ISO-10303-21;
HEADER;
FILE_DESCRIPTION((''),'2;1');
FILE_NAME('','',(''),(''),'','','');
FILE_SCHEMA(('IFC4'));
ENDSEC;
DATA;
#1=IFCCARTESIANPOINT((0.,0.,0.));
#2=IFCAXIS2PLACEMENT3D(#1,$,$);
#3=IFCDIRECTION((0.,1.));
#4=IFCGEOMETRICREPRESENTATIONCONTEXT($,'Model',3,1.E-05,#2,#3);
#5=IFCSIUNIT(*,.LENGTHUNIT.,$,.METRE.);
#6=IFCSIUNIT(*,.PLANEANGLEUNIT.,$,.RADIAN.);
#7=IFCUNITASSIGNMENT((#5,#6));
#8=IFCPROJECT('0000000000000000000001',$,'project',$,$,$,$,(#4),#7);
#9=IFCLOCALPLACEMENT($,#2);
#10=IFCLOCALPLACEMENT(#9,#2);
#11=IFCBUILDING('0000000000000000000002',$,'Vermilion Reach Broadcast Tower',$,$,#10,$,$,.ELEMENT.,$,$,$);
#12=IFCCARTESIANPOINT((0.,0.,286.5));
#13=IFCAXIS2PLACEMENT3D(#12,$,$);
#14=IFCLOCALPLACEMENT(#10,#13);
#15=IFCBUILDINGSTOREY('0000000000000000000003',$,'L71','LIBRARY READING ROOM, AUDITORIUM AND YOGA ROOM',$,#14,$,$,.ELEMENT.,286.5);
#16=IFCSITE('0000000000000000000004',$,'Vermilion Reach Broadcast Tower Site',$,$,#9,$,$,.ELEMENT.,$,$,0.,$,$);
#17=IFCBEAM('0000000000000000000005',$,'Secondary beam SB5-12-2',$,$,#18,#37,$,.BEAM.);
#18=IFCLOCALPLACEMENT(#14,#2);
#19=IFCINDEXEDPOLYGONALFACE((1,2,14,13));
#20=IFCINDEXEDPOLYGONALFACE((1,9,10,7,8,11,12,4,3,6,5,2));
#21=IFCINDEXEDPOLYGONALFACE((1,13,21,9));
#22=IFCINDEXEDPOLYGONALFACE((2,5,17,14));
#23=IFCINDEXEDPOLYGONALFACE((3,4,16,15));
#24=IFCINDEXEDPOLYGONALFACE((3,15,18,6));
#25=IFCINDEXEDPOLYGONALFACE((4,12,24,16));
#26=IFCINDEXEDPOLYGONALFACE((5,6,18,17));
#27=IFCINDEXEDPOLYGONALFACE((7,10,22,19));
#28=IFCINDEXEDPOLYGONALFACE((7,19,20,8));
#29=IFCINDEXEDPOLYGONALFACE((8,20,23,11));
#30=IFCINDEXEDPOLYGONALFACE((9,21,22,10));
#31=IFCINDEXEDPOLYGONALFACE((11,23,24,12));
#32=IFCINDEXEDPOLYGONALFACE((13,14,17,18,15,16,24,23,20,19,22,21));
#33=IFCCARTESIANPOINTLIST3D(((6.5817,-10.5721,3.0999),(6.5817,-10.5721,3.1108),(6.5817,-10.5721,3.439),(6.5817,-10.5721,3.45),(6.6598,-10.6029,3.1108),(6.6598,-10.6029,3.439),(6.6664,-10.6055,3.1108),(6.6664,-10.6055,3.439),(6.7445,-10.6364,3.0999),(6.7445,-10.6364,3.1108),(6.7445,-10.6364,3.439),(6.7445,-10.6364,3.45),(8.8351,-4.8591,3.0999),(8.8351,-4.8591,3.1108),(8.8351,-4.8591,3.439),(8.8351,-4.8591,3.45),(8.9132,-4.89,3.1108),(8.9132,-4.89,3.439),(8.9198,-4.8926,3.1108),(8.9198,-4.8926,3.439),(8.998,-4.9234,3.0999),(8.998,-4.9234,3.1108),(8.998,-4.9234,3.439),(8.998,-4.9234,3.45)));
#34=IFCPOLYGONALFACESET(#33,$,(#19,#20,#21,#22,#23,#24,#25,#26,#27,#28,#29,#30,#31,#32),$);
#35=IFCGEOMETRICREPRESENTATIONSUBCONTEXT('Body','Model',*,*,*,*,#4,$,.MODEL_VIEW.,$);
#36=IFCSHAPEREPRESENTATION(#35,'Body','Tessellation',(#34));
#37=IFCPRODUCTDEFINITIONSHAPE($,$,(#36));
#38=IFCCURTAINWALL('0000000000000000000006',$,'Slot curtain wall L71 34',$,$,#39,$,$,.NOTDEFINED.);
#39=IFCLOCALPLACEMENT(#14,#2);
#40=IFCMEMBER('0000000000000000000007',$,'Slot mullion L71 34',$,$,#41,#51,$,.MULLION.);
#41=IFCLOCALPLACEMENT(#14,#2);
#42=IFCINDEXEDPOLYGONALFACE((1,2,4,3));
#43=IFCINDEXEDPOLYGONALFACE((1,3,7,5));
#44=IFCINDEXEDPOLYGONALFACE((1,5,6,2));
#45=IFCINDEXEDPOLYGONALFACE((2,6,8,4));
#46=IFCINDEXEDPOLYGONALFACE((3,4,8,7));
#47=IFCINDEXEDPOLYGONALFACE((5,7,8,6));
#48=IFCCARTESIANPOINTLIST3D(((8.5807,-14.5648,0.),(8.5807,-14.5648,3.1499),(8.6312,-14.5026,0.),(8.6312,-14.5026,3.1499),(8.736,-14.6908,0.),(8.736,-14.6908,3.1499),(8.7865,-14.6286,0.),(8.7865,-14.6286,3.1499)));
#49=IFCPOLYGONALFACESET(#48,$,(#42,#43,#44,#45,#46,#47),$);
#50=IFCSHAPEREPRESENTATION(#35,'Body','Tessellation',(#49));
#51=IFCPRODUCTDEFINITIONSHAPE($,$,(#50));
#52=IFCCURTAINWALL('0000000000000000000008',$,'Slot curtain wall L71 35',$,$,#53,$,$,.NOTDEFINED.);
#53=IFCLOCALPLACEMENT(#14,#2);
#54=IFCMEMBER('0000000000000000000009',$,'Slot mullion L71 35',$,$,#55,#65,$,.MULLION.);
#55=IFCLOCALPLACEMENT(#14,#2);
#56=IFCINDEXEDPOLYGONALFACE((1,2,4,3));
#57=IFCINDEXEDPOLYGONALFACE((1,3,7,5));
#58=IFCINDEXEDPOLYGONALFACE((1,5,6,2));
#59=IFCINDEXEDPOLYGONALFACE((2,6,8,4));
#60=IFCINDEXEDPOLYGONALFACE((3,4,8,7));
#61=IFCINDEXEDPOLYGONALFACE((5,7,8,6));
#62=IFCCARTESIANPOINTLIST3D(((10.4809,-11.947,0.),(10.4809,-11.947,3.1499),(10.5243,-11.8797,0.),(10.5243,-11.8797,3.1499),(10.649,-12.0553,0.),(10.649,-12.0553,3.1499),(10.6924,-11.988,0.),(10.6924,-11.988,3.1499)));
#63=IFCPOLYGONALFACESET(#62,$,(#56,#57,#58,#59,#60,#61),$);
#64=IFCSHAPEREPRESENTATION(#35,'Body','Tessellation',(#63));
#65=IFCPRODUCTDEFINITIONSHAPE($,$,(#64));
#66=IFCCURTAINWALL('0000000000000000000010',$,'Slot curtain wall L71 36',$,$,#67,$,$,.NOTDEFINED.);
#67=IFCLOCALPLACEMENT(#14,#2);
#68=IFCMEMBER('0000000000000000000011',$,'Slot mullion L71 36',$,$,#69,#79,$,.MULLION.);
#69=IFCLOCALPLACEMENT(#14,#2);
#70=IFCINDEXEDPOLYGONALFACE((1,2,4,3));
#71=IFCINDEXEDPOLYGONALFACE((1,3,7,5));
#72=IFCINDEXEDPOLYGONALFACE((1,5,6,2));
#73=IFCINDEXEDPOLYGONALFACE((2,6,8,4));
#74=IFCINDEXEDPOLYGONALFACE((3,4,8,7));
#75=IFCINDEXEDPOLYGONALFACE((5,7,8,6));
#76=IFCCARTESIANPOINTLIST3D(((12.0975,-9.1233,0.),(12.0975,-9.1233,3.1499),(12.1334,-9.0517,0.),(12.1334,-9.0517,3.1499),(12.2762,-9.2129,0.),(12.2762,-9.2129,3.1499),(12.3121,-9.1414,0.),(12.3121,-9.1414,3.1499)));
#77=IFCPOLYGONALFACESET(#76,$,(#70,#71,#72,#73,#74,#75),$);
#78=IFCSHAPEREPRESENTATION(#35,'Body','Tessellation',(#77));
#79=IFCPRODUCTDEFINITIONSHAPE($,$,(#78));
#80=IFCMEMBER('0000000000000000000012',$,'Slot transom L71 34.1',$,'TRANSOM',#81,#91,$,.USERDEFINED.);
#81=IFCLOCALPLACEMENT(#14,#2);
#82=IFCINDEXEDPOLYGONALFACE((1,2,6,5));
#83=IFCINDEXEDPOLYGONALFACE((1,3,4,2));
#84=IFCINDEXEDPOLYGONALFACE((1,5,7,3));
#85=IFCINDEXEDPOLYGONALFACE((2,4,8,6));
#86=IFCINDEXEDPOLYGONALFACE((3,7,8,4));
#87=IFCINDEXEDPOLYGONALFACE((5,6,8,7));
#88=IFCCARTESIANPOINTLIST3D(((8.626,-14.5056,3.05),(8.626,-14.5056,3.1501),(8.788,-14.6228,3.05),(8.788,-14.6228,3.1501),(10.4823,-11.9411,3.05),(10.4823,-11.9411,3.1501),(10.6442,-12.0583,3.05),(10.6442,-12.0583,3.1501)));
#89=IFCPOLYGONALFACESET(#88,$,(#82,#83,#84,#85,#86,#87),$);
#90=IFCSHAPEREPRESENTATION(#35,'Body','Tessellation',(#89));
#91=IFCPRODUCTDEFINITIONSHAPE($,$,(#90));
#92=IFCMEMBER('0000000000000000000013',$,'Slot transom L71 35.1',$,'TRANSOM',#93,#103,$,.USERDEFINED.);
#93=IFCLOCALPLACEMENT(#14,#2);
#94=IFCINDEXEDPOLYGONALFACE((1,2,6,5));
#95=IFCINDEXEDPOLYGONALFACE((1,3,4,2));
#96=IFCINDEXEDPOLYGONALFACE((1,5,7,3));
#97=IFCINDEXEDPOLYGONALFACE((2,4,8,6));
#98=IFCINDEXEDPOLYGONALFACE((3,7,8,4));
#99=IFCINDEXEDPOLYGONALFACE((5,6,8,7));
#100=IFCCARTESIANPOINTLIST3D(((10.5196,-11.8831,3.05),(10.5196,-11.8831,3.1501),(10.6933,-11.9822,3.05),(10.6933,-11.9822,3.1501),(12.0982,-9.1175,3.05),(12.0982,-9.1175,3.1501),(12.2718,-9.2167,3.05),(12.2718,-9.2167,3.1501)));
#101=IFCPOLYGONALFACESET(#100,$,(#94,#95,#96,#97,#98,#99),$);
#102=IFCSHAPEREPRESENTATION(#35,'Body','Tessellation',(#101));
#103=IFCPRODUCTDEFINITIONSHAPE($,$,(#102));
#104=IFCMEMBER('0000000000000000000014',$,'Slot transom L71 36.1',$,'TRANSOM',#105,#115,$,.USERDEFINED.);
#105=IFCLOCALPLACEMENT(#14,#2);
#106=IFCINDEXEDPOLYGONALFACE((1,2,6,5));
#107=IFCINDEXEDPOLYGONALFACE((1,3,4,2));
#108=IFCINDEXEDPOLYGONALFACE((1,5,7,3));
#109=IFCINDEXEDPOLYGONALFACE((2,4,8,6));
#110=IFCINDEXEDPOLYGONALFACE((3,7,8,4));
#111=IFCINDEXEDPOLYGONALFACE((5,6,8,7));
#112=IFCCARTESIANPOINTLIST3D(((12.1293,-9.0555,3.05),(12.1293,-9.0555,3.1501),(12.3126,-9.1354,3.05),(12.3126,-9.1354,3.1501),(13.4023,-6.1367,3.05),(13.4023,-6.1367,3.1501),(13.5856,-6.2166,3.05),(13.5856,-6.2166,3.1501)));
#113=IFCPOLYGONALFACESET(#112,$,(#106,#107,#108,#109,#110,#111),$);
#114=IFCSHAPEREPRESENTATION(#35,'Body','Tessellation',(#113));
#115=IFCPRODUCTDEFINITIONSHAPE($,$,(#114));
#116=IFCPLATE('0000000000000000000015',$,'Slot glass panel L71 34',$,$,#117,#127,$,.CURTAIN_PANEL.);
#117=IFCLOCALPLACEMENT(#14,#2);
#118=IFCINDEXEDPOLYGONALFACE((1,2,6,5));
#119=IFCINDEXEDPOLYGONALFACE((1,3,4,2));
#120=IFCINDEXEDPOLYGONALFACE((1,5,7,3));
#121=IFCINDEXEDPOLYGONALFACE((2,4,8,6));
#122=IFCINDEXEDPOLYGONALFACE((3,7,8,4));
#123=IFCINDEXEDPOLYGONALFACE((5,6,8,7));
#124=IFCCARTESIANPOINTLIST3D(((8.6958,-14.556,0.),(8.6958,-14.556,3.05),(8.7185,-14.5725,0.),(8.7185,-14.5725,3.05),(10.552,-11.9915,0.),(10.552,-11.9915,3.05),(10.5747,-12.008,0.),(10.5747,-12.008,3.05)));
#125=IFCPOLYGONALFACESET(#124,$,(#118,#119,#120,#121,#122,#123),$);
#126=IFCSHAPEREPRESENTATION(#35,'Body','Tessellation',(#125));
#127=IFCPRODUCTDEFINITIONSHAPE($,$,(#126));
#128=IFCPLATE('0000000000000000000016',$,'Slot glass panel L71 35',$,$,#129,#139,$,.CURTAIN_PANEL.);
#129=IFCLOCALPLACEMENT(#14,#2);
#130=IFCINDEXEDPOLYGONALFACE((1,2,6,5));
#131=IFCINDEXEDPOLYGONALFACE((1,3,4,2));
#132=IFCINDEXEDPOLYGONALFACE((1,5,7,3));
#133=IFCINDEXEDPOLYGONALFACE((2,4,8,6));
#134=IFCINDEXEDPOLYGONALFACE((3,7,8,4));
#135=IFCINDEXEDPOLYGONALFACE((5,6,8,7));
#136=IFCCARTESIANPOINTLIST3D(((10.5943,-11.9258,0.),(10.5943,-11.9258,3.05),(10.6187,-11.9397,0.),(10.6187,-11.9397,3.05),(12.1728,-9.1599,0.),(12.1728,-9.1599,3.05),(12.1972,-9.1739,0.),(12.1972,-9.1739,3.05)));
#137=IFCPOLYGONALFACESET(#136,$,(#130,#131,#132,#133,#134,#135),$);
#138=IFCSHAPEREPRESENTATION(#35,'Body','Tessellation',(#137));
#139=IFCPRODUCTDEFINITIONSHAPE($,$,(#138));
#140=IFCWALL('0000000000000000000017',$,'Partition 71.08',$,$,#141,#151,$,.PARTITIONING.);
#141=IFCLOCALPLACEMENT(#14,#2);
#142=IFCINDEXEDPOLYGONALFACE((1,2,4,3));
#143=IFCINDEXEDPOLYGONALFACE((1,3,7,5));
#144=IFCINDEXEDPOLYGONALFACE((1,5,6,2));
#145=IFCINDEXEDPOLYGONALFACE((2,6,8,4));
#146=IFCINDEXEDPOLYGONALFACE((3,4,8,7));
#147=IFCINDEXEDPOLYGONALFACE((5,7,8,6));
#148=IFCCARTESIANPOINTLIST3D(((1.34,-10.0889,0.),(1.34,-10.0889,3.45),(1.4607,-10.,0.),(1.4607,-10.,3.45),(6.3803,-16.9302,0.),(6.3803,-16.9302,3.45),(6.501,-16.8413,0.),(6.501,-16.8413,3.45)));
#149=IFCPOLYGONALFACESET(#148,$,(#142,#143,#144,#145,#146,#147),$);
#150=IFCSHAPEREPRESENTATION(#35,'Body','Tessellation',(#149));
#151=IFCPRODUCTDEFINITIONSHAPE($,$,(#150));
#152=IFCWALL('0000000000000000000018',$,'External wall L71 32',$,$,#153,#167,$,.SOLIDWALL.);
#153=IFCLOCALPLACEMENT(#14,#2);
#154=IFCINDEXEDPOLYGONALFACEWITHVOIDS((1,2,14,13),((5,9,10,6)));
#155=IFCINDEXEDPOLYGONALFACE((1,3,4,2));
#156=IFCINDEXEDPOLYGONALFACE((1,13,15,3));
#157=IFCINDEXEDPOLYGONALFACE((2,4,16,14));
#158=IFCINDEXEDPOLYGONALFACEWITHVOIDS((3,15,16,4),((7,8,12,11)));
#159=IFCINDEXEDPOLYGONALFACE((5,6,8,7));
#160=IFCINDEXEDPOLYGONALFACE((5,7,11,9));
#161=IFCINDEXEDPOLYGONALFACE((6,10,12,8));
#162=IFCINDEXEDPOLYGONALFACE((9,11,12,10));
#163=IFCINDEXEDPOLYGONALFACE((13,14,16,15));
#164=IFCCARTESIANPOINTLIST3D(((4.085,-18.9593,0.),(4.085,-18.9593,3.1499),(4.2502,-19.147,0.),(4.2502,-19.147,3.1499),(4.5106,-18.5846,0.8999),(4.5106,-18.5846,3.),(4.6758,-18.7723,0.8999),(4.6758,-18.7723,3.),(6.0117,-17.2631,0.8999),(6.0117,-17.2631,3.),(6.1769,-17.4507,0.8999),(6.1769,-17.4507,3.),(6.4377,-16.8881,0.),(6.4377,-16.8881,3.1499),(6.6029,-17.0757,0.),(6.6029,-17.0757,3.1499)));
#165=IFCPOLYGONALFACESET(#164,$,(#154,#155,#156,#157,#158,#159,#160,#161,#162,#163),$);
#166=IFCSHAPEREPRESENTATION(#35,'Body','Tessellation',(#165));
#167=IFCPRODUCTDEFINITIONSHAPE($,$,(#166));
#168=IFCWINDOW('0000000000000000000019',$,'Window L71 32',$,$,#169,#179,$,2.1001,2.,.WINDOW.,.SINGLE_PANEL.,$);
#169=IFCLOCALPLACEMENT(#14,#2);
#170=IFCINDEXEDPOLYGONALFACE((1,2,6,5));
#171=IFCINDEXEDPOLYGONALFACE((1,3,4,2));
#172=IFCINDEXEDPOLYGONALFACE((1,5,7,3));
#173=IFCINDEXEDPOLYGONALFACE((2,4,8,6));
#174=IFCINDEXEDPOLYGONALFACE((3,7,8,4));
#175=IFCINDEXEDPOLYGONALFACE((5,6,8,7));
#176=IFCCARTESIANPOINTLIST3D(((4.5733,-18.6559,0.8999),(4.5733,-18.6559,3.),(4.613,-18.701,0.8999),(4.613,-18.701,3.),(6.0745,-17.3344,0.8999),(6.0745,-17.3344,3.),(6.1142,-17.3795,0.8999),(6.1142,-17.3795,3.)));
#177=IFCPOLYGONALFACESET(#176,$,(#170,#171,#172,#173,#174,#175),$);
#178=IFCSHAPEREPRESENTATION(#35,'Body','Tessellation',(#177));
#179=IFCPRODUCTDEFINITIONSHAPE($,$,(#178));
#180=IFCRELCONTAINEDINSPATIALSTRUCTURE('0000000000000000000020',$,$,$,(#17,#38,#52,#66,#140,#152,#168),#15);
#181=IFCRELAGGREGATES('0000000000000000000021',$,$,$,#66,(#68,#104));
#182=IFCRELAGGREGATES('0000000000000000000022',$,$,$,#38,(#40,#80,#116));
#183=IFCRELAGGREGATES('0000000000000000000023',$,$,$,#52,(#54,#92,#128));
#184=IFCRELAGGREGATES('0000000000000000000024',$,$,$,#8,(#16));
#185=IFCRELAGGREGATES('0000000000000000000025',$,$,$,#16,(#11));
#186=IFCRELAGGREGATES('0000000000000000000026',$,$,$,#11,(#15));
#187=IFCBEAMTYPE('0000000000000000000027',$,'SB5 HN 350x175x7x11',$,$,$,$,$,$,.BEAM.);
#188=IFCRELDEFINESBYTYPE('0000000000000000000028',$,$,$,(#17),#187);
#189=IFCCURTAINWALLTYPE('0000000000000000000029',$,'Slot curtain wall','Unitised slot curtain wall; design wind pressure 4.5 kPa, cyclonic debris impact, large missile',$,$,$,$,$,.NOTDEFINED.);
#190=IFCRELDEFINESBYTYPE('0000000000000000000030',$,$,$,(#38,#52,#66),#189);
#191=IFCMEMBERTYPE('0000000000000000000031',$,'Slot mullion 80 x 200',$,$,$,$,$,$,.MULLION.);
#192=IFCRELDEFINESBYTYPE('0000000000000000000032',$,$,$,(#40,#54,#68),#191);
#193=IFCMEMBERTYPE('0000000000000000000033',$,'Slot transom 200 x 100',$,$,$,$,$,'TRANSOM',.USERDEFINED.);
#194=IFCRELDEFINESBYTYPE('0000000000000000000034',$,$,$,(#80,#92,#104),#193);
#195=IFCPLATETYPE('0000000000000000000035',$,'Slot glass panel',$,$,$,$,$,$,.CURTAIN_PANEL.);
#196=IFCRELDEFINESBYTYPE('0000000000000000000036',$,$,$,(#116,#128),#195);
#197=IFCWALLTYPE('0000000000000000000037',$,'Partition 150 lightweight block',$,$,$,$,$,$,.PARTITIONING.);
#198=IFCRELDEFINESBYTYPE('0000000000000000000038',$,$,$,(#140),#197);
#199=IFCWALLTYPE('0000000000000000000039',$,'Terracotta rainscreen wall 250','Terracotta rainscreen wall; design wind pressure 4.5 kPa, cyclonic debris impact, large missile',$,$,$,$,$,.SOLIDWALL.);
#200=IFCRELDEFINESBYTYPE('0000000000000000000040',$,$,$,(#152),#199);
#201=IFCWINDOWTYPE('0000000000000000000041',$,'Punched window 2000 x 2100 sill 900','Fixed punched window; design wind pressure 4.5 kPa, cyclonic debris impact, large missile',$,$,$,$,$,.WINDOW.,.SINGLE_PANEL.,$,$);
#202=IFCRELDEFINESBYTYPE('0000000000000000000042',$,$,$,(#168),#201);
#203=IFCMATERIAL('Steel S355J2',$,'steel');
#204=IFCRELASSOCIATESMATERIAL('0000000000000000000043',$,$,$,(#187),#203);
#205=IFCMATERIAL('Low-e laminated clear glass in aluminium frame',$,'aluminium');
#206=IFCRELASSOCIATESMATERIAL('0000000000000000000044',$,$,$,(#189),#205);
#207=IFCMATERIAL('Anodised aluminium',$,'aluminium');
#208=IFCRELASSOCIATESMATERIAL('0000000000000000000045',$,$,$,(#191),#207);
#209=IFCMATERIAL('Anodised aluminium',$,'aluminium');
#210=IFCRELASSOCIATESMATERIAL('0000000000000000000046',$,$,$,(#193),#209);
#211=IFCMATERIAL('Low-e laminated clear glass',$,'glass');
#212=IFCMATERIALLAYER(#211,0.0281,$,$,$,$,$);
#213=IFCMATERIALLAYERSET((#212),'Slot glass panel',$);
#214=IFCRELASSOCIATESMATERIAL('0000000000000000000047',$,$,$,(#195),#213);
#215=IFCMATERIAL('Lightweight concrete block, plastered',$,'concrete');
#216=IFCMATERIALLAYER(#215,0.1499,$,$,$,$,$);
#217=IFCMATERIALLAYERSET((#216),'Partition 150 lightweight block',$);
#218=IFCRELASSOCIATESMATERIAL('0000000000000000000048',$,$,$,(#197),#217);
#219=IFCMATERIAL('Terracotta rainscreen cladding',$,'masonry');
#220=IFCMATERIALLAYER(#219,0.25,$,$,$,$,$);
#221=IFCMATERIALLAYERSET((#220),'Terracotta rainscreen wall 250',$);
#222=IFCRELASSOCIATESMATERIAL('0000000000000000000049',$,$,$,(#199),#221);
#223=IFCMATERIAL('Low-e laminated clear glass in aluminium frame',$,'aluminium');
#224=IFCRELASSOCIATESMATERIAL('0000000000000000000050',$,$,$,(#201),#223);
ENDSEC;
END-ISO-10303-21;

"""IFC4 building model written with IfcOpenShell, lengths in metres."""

from ifc_helpers import new_model, si_unit, direction, frame, frame_2d, origin, origin_2d, place, context, subcontext, project, spatial, rectangle, i_section, extrude, material, layer, layer_set, material_profile, profile_set, type_object, element, fill, aggregate, save


model = new_model("IFC4")

# Units and contexts
model_context = context("Model", 3, precision=1e-05, world=origin(), true_north=direction((0.0, 1.0)))
body_context = subcontext(model_context, "Body", "Model", "MODEL_VIEW")
ifc_project = project(units=[si_unit("LENGTHUNIT", "METRE"), si_unit("PLANEANGLEUNIT", "RADIAN")], contexts=[model_context])

# Site, building, storey
site_placement = place(None, origin())
site = spatial("IfcSite", under=ifc_project, at=site_placement, Name="Vermilion Reach Broadcast Tower Site", CompositionType="ELEMENT", RefElevation=0.0)
building_placement = place(site_placement, origin())
building = spatial("IfcBuilding", under=site, at=building_placement, Name="Vermilion Reach Broadcast Tower", CompositionType="ELEMENT")
storey_placement = place(building_placement, frame((0.0, 0.0, 286.5)))
storey = spatial("IfcBuildingStorey", under=building, at=storey_placement, Name="L71", Description="LIBRARY READING ROOM, AUDITORIUM AND YOGA ROOM", CompositionType="ELEMENT", Elevation=286.5)

# Beam
ifc_material_1 = material(Name="Steel S355J2", Category="steel")
ifc_material_profile_1 = material_profile(ifc_material_1, i_section(OverallWidth=0.175, OverallDepth=0.3501, WebThickness=0.0071, FlangeThickness=0.011, at=origin_2d()), Name="S355J2 HN 350x175x7x11")
ifc_profile_set_1 = profile_set([ifc_material_profile_1], Name="Steel S355J2")
beam_type_1 = type_object("IfcBeamType", Name="SB5 HN 350x175x7x11", PredefinedType="BEAM", material=ifc_profile_set_1)
beam_1_placement = place(storey_placement, frame((6.6631, -10.6042, 3.2749), z_axis=(0.366931, 0.930248, 0.0), x_axis=(-0.930248, 0.366931, 0.0)))
element("IfcBeam", 1, at=beam_1_placement, inside=storey, type_object=beam_type_1, Name="Secondary beam SB5-12-2", PredefinedType="BEAM", context=body_context, shape_type="SweptSolid", body=[
    extrude(i_section(OverallWidth=0.175, OverallDepth=0.3501, WebThickness=0.0071, FlangeThickness=0.011, at=origin_2d()), origin(), (0.0, 0.0, 1.0), 6.1414),
])

# Curtain walls, members
ifc_material_2 = material(Name="Low-e laminated clear glass in aluminium frame", Category="aluminium")
curtain_wall_type = type_object("IfcCurtainWallType", Name="Slot curtain wall", Description="Unitised slot curtain wall; design wind pressure 4.5 kPa, cyclonic debris impact, large missile", PredefinedType="NOTDEFINED", material=ifc_material_2)
placement = place(storey_placement, origin())
curtain_wall_1 = element("IfcCurtainWall", 2, at=placement, inside=storey, type_object=curtain_wall_type, Name="Slot curtain wall L71 34", PredefinedType="NOTDEFINED")
ifc_material_3 = material(Name="Anodised aluminium", Category="aluminium")
ifc_material_profile_2 = material_profile(ifc_material_3, rectangle(XDim=0.2, YDim=0.0801, at=origin_2d()), Name="Slot mullion 80 x 200")
ifc_profile_set_2 = profile_set([ifc_material_profile_2], Name="Anodised aluminium")
member_type_1 = type_object("IfcMemberType", Name="Slot mullion 80 x 200", PredefinedType="MULLION", material=ifc_profile_set_2)
member_1_placement = place(storey_placement, frame((8.6836, -14.5967, 0.0), z_axis=(0.0, 0.0, 1.0), x_axis=(-0.776696, 0.629876, 0.0)))
member_1 = element("IfcMember", 3, at=member_1_placement, type_object=member_type_1, Name="Slot mullion L71 34", PredefinedType="MULLION", context=body_context, shape_type="SweptSolid", body=[
    extrude(rectangle(XDim=0.2, YDim=0.0801, at=origin_2d()), origin(), (0.0, 0.0, 1.0), 3.1499),
])
curtain_wall_2 = element("IfcCurtainWall", 4, at=placement, inside=storey, type_object=curtain_wall_type, Name="Slot curtain wall L71 35", PredefinedType="NOTDEFINED")
member_2_placement = place(storey_placement, frame((10.5867, -11.9675, 0.0), z_axis=(0.0, 0.0, 1.0), x_axis=(-0.840511, 0.541795, 0.0)))
member_2 = element("IfcMember", 5, at=member_2_placement, type_object=member_type_1, Name="Slot mullion L71 35", PredefinedType="MULLION", context=body_context, shape_type="SweptSolid", body=[
    extrude(rectangle(XDim=0.2, YDim=0.0801, at=origin_2d()), origin(), (0.0, 0.0, 1.0), 3.1499),
])
curtain_wall_3 = element("IfcCurtainWall", 6, at=placement, inside=storey, type_object=curtain_wall_type, Name="Slot curtain wall L71 36", PredefinedType="NOTDEFINED")
member_3_placement = place(storey_placement, frame((12.2048, -9.1323, 0.0), z_axis=(0.0, 0.0, 1.0), x_axis=(-0.893841, 0.448383, 0.0)))
member_3 = element("IfcMember", 7, at=member_3_placement, type_object=member_type_1, Name="Slot mullion L71 36", PredefinedType="MULLION", context=body_context, shape_type="SweptSolid", body=[
    extrude(rectangle(XDim=0.2, YDim=0.0801, at=origin_2d()), origin(), (0.0, 0.0, 1.0), 3.1499),
])

# Members
ifc_material_4 = material(Name="Anodised aluminium", Category="aluminium")
ifc_material_profile_3 = material_profile(ifc_material_4, rectangle(XDim=0.2, YDim=0.1001, at=origin_2d()), Name="Slot transom 200 x 100")
ifc_profile_set_3 = profile_set([ifc_material_profile_3], Name="Anodised aluminium")
member_type_2 = type_object("IfcMemberType", Name="Slot transom 200 x 100", ElementType="TRANSOM", PredefinedType="USERDEFINED", material=ifc_profile_set_3)
member_4_placement = place(storey_placement, frame((8.707, -14.5642, 3.1001), z_axis=(0.586341, 0.810065, 0.0), x_axis=(-0.810065, 0.586341, 0.0)))
member_4 = element("IfcMember", 8, at=member_4_placement, type_object=member_type_2, Name="Slot transom L71 34.1", ObjectType="TRANSOM", PredefinedType="USERDEFINED", context=body_context, shape_type="SweptSolid", body=[
    extrude(rectangle(XDim=0.2, YDim=0.1001, at=origin_2d()), origin(), (0.0, 0.0, 1.0), 3.1658),
])
member_5_placement = place(storey_placement, frame((10.6064, -11.9326, 3.1001), z_axis=(0.495726, 0.868479, 0.0), x_axis=(-0.868479, 0.495726, 0.0)))
member_5 = element("IfcMember", 9, at=member_5_placement, type_object=member_type_2, Name="Slot transom L71 35.1", ObjectType="TRANSOM", PredefinedType="USERDEFINED", context=body_context, shape_type="SweptSolid", body=[
    extrude(rectangle(XDim=0.2, YDim=0.1001, at=origin_2d()), origin(), (0.0, 0.0, 1.0), 3.1843),
])
member_6_placement = place(storey_placement, frame((12.2209, -9.0955, 3.1001), z_axis=(0.399769, 0.916616, 0.0), x_axis=(-0.916616, 0.399769, 0.0)))
member_6 = element("IfcMember", 10, at=member_6_placement, type_object=member_type_2, Name="Slot transom L71 36.1", ObjectType="TRANSOM", PredefinedType="USERDEFINED", context=body_context, shape_type="SweptSolid", body=[
    extrude(rectangle(XDim=0.2, YDim=0.1001, at=origin_2d()), origin(), (0.0, 0.0, 1.0), 3.1843),
])
aggregate(curtain_wall_3, [member_3, member_6])

# Plates
ifc_material_5 = material(Name="Low-e laminated clear glass", Category="glass")
ifc_layer_1 = layer(ifc_material_5, 0.0281)
ifc_layer_set_1 = layer_set([ifc_layer_1], Name="Slot glass panel")
plate_type = type_object("IfcPlateType", Name="Slot glass panel", PredefinedType="CURTAIN_PANEL", material=ifc_layer_set_1)
plate_1_placement = place(storey_placement, frame((9.6353, -13.282, 0.0), z_axis=(0.0, 0.0, 1.0), x_axis=(0.586337, 0.810067, 0.0)))
plate_1 = element("IfcPlate", 11, at=plate_1_placement, type_object=plate_type, Name="Slot glass panel L71 34", PredefinedType="CURTAIN_PANEL", context=body_context, shape_type="SweptSolid", body=[
    extrude(rectangle(XDim=3.1658, YDim=0.0281, at=origin_2d()), origin(), (0.0, 0.0, 1.0), 3.05),
])
aggregate(curtain_wall_1, [member_1, member_4, plate_1])
plate_2_placement = place(storey_placement, frame((11.3958, -10.5498, 0.0), z_axis=(0.0, 0.0, 1.0), x_axis=(0.495676, 0.868508, 0.0)))
plate_2 = element("IfcPlate", 12, at=plate_2_placement, type_object=plate_type, Name="Slot glass panel L71 35", PredefinedType="CURTAIN_PANEL", context=body_context, shape_type="SweptSolid", body=[
    extrude(rectangle(XDim=3.1846, YDim=0.0281, at=origin_2d()), origin(), (0.0, 0.0, 1.0), 3.05),
])
aggregate(curtain_wall_2, [member_2, member_5, plate_2])

# Wall
ifc_material_6 = material(Name="Lightweight concrete block, plastered", Category="concrete")
ifc_layer_2 = layer(ifc_material_6, 0.1499)
ifc_layer_set_2 = layer_set([ifc_layer_2], Name="Partition 150 lightweight block")
wall_type_1 = type_object("IfcWallType", Name="Partition 150 lightweight block", PredefinedType="PARTITIONING", material=ifc_layer_set_2)
wall_1_placement = place(storey_placement, frame((6.4407, -16.8857, 0.0), z_axis=(0.0, 0.0, 1.0), x_axis=(-0.593147, 0.805094, 0.0)))
element("IfcWall", 13, at=wall_1_placement, inside=storey, type_object=wall_type_1, Name="Partition 71.08", PredefinedType="PARTITIONING", context=body_context, shape_type="SweptSolid", body=[
    extrude(rectangle(XDim=8.4976, YDim=0.1499, at=frame_2d((4.2488, 0.0))), origin(), (0.0, 0.0, 1.0), 3.45),
])

# Wall, opening, window
ifc_material_7 = material(Name="Terracotta rainscreen cladding", Category="masonry")
ifc_layer_3 = layer(ifc_material_7, 0.25)
ifc_layer_set_3 = layer_set([ifc_layer_3], Name="Terracotta rainscreen wall 250")
wall_type_2 = type_object("IfcWallType", Name="Terracotta rainscreen wall 250", Description="Terracotta rainscreen wall; design wind pressure 4.5 kPa, cyclonic debris impact, large missile", PredefinedType="SOLIDWALL", material=ifc_layer_set_3)
wall_2_placement = place(storey_placement, frame((4.1675, -19.0532, 0.0), z_axis=(0.0, 0.0, 1.0), x_axis=(0.750581, 0.660779, 0.0)))
wall_2 = element("IfcWall", 14, at=wall_2_placement, inside=storey, type_object=wall_type_2, Name="External wall L71 32", PredefinedType="SOLIDWALL", context=body_context, shape_type="SweptSolid", body=[
    extrude(rectangle(XDim=3.1345, YDim=0.25, at=frame_2d((1.5674, 0.0))), origin(), (0.0, 0.0, 1.0), 3.1499),
])
opening_1_placement = place(wall_2_placement, frame((0.5671, 0.0, 0.8999)))
opening_1 = element("IfcOpeningElement", 15, at=opening_1_placement, cuts=wall_2, PredefinedType="OPENING", context=body_context, shape_type="SweptSolid", body=[
    extrude(rectangle(XDim=2.0, YDim=2.1001, at=frame_2d((1.0, 1.05))), frame((0.0, 0.135, 0.0), z_axis=(0.0, -1.0, 0.0), x_axis=(1.0, 0.0, 0.0)), (0.0, 0.0, 1.0), 0.27),
])
ifc_material_8 = material(Name="Low-e laminated clear glass in aluminium frame", Category="aluminium")
window_type = type_object("IfcWindowType", Name="Punched window 2000 x 2100 sill 900", Description="Fixed punched window; design wind pressure 4.5 kPa, cyclonic debris impact, large missile", PartitioningType="SINGLE_PANEL", PredefinedType="WINDOW", material=ifc_material_8)
window_placement = place(opening_1_placement, origin())
window = element("IfcWindow", 16, at=window_placement, inside=storey, type_object=window_type, Name="Window L71 32", OverallHeight=2.1001, OverallWidth=2.0, PartitioningType="SINGLE_PANEL", PredefinedType="WINDOW", context=body_context, shape_type="SweptSolid", body=[
    extrude(rectangle(XDim=2.0, YDim=2.1001, at=frame_2d((1.0, 1.05))), frame((0.0, 0.03, 0.0), z_axis=(0.0, -1.0, 0.0), x_axis=(1.0, 0.0, 0.0)), (0.0, 0.0, 1.0), 0.0601),
])
fill(opening_1, window)

save(model, "model.ifc")
